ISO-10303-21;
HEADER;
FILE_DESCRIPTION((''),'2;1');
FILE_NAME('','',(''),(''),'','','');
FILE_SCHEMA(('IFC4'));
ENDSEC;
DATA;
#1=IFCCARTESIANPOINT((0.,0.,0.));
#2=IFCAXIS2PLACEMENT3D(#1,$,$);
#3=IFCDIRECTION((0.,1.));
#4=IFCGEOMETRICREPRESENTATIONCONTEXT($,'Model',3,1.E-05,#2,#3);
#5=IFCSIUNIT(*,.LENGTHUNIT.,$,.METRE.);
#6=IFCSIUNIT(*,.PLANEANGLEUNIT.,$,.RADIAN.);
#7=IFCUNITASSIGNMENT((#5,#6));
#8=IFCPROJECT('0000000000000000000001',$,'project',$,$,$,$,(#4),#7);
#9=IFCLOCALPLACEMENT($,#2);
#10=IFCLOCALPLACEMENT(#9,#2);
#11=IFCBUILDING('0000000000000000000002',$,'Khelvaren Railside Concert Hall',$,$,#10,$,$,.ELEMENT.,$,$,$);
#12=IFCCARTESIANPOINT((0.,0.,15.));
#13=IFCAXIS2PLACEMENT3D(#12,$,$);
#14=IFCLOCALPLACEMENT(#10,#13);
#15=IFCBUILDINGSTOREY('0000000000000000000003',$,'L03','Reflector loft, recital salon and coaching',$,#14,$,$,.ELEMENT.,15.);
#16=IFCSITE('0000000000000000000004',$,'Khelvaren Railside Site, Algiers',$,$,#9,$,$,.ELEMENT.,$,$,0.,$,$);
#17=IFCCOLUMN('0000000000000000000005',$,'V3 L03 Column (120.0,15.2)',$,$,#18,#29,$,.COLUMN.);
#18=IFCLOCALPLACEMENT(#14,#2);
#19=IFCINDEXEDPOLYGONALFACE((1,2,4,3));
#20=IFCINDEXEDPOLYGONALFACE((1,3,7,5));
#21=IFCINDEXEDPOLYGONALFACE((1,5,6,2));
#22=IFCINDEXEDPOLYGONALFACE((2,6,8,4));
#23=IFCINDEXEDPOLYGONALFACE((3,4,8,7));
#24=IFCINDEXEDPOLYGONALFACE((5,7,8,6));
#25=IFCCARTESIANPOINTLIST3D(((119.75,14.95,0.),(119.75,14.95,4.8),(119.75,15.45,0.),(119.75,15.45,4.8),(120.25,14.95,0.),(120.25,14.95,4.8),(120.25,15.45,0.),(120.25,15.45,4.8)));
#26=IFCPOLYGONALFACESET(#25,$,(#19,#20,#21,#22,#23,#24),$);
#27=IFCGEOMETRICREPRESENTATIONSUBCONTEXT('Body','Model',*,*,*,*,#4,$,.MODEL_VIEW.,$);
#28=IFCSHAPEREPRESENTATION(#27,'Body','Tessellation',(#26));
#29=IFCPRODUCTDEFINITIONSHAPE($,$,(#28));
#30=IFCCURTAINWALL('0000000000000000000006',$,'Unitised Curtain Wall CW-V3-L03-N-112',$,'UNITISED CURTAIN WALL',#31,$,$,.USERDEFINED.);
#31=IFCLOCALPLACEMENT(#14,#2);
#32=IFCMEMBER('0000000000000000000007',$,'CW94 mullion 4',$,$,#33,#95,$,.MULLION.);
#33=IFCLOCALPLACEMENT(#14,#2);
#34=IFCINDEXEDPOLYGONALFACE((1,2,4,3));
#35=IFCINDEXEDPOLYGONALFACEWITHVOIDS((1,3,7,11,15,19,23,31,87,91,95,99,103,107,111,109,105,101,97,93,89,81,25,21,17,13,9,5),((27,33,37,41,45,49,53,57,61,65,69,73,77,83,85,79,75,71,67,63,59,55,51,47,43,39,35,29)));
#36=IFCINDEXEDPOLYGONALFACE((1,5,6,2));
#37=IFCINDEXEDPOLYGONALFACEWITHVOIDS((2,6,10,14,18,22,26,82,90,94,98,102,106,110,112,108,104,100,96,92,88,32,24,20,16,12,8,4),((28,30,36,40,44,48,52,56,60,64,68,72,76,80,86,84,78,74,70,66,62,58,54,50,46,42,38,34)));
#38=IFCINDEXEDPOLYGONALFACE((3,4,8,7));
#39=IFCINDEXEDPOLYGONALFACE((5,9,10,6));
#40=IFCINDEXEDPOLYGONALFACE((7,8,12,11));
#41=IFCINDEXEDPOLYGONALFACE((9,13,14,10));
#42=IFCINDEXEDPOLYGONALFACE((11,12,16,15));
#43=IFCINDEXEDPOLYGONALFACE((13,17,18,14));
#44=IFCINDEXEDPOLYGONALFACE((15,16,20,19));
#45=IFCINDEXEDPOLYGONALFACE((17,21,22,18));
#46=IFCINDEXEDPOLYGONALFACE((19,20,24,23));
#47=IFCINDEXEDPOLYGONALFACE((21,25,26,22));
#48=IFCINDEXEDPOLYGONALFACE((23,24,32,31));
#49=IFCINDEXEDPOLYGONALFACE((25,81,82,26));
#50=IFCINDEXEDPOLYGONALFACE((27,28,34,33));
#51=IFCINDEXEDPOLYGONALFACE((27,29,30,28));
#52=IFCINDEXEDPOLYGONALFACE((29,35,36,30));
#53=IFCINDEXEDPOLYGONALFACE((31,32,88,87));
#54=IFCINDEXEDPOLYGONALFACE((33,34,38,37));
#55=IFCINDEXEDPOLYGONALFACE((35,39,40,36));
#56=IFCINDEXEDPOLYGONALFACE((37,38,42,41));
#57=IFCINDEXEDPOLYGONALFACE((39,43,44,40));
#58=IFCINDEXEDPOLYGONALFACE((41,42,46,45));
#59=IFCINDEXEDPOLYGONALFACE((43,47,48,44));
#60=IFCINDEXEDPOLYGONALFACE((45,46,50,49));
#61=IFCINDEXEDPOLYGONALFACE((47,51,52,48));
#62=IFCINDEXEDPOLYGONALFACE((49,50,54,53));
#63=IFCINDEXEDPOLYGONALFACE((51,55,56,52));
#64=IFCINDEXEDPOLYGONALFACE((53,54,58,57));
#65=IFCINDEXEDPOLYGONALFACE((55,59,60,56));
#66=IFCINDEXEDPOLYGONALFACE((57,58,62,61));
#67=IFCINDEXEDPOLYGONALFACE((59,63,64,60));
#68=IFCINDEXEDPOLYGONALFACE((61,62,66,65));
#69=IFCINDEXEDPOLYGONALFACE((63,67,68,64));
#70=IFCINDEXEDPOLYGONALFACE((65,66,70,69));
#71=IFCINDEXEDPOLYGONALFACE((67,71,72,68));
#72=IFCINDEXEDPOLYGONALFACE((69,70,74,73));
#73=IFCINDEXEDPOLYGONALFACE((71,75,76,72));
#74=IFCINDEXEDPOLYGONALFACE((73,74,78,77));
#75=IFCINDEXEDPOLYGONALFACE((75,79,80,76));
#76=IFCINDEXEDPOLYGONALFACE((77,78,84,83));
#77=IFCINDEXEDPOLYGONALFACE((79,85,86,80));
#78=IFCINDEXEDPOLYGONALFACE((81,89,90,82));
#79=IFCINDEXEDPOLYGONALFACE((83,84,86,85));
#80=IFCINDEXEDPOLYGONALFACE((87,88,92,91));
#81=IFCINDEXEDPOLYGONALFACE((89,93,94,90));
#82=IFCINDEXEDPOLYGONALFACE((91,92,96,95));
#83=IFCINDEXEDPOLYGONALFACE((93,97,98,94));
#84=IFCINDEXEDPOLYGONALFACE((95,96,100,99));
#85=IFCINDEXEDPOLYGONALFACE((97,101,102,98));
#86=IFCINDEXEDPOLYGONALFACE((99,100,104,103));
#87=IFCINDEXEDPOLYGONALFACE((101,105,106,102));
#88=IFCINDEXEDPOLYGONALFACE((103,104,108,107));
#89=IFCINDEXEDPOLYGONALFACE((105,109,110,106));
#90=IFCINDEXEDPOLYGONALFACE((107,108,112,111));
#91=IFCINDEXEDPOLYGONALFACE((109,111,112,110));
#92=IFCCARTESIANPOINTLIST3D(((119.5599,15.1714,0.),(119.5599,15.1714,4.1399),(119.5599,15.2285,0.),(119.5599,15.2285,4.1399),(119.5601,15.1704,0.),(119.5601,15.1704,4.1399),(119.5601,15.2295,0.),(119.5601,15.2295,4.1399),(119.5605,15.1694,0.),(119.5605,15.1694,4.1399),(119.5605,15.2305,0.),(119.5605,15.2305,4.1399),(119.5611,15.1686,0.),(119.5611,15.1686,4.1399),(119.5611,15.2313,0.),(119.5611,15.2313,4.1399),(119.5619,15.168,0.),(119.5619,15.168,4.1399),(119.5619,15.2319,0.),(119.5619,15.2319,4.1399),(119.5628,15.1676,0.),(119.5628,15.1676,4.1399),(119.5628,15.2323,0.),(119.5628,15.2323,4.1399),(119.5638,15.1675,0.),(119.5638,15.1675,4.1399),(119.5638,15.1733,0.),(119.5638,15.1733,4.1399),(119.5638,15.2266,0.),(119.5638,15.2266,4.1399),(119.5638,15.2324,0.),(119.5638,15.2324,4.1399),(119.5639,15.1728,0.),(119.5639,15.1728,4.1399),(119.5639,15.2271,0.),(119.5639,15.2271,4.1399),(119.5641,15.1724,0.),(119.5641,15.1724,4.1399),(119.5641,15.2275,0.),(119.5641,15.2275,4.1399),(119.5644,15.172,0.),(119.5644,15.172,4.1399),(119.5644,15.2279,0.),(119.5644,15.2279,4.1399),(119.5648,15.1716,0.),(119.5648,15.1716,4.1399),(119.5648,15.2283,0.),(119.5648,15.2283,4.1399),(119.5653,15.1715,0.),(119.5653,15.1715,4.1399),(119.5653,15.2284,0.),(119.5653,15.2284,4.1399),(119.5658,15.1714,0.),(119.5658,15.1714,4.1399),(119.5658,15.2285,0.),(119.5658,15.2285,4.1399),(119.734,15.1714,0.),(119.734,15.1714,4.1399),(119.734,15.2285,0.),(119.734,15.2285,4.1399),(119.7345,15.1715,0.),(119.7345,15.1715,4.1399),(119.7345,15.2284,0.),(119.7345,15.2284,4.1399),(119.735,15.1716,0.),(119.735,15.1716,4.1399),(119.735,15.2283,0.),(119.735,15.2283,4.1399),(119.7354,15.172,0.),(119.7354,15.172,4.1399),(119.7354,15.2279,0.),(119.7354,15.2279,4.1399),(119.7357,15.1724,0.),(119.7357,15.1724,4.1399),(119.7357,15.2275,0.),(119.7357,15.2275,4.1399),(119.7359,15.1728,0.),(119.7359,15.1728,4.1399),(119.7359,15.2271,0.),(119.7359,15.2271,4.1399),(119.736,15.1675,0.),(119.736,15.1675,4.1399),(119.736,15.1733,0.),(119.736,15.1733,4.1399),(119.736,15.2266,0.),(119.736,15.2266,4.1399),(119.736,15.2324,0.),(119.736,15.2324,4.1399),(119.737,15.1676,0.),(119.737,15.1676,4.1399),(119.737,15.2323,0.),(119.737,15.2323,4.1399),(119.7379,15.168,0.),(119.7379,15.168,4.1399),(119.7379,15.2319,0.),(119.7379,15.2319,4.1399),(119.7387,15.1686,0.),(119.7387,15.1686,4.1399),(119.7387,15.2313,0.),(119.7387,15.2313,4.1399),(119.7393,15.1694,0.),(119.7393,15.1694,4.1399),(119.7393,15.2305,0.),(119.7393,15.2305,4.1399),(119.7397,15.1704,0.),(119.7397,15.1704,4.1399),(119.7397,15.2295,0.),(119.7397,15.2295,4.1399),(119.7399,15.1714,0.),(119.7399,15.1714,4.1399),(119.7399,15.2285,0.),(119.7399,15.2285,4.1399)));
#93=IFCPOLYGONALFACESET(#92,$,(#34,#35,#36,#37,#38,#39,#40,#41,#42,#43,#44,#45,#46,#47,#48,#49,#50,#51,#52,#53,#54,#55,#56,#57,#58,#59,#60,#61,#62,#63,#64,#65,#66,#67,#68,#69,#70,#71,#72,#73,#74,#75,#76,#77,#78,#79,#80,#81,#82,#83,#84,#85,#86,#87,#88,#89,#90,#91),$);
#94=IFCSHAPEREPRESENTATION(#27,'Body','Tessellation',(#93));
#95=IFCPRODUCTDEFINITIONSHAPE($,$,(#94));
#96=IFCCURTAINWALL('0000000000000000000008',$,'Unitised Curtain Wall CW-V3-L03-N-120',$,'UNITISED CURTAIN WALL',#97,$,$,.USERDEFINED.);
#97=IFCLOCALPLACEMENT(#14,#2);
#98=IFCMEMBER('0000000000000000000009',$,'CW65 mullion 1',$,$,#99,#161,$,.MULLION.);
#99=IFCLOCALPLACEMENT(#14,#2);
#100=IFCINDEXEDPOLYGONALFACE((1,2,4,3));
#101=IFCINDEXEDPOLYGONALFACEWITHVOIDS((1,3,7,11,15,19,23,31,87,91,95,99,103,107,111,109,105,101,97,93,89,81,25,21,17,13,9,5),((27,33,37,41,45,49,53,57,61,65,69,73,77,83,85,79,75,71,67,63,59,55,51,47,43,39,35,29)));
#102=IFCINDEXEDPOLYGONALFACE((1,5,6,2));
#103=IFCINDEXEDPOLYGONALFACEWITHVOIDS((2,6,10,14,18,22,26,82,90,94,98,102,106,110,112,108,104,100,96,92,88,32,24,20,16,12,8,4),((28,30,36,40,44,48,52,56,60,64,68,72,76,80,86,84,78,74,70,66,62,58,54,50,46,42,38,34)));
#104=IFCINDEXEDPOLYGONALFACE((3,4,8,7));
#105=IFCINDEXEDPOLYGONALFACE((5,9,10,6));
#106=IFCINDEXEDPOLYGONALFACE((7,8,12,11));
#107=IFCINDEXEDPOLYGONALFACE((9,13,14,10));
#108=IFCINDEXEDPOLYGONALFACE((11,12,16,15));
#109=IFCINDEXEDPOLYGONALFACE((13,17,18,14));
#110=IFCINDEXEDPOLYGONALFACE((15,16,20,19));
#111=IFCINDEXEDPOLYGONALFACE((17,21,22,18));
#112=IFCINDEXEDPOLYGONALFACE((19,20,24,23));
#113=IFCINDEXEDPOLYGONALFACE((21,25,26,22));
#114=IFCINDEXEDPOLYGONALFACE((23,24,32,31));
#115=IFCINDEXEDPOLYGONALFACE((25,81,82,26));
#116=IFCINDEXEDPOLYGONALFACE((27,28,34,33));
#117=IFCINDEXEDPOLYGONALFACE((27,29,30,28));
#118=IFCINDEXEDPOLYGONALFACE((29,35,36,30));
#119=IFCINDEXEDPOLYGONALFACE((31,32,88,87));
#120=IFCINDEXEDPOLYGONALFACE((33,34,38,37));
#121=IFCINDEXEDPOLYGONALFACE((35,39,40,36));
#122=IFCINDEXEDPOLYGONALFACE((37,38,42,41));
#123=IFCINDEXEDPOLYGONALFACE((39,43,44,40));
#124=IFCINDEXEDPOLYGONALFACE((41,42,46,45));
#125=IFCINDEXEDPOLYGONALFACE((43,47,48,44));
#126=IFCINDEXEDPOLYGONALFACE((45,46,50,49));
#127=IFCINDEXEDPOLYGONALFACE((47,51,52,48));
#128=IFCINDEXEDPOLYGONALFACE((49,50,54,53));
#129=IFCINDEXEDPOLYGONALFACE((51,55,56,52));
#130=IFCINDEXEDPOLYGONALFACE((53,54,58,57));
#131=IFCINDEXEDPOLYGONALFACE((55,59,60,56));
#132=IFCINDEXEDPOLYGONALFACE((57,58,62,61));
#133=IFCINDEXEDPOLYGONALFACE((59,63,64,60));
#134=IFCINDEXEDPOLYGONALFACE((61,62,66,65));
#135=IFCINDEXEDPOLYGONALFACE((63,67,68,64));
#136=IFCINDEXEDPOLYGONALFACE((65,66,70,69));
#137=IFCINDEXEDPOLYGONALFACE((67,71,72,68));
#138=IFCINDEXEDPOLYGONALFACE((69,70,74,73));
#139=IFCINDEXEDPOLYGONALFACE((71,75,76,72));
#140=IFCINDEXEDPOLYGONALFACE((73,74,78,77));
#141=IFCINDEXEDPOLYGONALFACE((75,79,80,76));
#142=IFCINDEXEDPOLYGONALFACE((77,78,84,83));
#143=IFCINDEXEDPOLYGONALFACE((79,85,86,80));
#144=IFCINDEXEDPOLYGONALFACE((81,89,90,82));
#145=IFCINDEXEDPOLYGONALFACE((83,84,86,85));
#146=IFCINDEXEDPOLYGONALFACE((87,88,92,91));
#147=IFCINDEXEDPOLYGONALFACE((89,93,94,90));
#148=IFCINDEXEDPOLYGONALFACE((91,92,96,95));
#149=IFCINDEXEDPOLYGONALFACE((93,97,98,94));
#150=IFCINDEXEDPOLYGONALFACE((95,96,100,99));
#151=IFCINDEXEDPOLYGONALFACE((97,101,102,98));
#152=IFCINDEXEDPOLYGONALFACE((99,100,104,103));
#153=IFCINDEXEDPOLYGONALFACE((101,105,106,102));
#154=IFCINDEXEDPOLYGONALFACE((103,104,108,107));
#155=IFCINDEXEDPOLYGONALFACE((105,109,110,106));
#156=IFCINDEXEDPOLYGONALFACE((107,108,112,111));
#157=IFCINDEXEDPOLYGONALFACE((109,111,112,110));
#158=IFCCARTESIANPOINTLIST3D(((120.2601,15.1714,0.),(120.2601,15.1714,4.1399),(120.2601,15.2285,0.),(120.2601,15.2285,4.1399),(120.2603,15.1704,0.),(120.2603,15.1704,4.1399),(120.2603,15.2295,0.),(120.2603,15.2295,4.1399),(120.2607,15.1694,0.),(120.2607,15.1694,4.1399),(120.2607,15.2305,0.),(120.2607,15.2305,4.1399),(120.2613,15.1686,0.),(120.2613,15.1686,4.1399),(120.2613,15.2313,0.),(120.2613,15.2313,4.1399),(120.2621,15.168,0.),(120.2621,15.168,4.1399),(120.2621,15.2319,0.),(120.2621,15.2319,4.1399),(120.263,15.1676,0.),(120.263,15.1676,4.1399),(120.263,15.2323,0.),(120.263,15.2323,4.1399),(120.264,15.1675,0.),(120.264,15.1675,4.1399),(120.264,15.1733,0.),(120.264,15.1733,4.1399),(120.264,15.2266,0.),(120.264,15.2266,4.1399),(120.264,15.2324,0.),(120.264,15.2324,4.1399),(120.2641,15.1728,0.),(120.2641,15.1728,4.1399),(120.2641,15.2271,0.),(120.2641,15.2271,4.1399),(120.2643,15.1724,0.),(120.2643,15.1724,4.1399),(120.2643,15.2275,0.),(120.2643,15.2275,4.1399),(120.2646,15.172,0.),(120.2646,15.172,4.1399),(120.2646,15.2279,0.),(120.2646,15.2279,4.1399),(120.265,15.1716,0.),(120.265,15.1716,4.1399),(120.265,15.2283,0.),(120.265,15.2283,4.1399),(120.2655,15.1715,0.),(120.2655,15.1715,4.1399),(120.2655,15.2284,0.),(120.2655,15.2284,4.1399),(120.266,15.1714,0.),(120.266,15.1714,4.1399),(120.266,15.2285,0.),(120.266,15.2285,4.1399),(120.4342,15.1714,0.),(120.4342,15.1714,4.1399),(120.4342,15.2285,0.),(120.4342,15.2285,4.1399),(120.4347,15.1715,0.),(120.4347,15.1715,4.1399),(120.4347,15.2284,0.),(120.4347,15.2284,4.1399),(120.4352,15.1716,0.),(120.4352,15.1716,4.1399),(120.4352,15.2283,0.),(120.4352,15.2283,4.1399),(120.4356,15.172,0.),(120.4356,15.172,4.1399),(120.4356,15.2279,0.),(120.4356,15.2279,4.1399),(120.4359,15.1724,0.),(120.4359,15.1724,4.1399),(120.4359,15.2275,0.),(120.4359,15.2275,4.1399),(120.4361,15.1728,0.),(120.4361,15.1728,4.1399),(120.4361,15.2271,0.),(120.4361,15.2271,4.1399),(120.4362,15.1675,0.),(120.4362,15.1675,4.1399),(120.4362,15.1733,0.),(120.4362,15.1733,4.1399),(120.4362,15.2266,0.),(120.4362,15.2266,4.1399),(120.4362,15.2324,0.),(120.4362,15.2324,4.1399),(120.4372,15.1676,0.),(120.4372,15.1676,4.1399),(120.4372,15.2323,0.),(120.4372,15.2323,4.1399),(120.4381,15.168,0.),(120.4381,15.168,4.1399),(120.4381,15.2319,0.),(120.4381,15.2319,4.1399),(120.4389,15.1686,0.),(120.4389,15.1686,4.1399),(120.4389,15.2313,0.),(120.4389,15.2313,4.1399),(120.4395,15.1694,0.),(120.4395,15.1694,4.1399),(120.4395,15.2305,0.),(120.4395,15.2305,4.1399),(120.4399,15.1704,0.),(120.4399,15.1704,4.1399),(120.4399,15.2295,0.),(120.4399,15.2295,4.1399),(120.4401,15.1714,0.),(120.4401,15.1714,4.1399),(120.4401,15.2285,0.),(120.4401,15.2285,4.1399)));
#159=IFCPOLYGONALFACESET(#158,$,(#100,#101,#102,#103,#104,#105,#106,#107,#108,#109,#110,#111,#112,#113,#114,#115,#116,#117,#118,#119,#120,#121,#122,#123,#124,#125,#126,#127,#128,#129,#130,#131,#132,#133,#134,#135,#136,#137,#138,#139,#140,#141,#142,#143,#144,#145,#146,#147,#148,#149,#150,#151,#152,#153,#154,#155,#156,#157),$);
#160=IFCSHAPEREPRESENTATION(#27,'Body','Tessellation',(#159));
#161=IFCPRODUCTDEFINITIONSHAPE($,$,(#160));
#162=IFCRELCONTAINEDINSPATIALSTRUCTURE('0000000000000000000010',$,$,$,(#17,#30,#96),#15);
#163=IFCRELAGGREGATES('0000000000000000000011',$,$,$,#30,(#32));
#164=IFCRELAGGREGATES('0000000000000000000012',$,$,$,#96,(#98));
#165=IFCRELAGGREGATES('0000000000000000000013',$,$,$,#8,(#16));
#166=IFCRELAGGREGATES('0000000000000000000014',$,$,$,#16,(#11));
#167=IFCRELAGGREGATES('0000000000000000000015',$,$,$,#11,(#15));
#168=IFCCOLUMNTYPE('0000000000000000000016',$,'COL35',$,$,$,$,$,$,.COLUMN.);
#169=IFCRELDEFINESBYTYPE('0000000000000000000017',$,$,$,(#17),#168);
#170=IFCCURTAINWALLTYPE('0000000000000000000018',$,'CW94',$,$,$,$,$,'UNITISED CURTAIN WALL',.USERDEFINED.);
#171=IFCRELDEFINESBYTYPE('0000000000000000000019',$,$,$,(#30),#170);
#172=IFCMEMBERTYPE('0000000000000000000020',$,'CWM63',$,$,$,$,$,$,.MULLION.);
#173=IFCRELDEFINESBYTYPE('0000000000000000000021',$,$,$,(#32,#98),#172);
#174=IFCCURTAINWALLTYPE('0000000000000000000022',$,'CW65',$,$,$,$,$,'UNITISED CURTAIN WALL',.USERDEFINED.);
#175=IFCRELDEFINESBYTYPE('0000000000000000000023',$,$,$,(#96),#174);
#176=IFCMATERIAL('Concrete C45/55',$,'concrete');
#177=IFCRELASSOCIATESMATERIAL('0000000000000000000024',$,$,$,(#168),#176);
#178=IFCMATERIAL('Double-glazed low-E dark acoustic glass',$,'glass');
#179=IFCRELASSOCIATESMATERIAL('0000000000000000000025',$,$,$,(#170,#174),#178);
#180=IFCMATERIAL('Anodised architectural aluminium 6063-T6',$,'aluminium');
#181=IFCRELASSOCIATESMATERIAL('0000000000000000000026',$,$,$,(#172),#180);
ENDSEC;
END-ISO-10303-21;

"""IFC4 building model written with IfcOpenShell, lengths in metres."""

from ifc_helpers import new_model, si_unit, direction, frame, origin, origin_2d, place, context, subcontext, project, spatial, rectangle, hollow_rectangle, extrude, material, material_profile, profile_set, type_object, element, aggregate, save


model = new_model("IFC4")

# Units and contexts
model_context = context("Model", 3, precision=1e-05, world=origin(), true_north=direction((0.0, 1.0)))
body_context = subcontext(model_context, "Body", "Model", "MODEL_VIEW")
ifc_project = project(units=[si_unit("LENGTHUNIT", "METRE"), si_unit("PLANEANGLEUNIT", "RADIAN")], contexts=[model_context])

# Site, building, storey
site_placement = place(None, origin())
site = spatial("IfcSite", under=ifc_project, at=site_placement, Name="Khelvaren Railside Site, Algiers", CompositionType="ELEMENT", RefElevation=0.0)
building_placement = place(site_placement, origin())
building = spatial("IfcBuilding", under=site, at=building_placement, Name="Khelvaren Railside Concert Hall", CompositionType="ELEMENT")
storey_placement = place(building_placement, frame((0.0, 0.0, 15.0)))
storey = spatial("IfcBuildingStorey", under=building, at=storey_placement, Name="L03", Description="Reflector loft, recital salon and coaching", CompositionType="ELEMENT", Elevation=15.0)

# Column
ifc_material_1 = material(Name="Concrete C45/55", Category="concrete")
ifc_material_profile_1 = material_profile(ifc_material_1, rectangle(XDim=0.5, YDim=0.5, at=origin_2d()), Name="RC 500x500")
ifc_profile_set_1 = profile_set([ifc_material_profile_1], Name="Concrete C45/55")
column_type = type_object("IfcColumnType", Name="COL35", PredefinedType="COLUMN", material=ifc_profile_set_1)
column_placement = place(storey_placement, frame((120.0, 15.2, 0.0), z_axis=(0.0, 0.0, 1.0), x_axis=(1.0, 0.0, 0.0)))
element("IfcColumn", 1, at=column_placement, inside=storey, type_object=column_type, Name="V3 L03 Column (120.0,15.2)", PredefinedType="COLUMN", context=body_context, shape_type="SweptSolid", body=[
    extrude(rectangle(XDim=0.5, YDim=0.5, at=origin_2d()), origin(), (0.0, 0.0, 1.0), 4.8),
])

# Curtain wall, member
ifc_material_2 = material(Name="Double-glazed low-E dark acoustic glass", Category="glass")
curtain_wall_type_1 = type_object("IfcCurtainWallType", Name="CW94", ElementType="UNITISED CURTAIN WALL", PredefinedType="USERDEFINED", material=ifc_material_2)
curtain_wall_1_placement = place(storey_placement, origin())
curtain_wall_1 = element("IfcCurtainWall", 2, at=curtain_wall_1_placement, inside=storey, type_object=curtain_wall_type_1, Name="Unitised Curtain Wall CW-V3-L03-N-112", ObjectType="UNITISED CURTAIN WALL", PredefinedType="USERDEFINED")
ifc_material_3 = material(Name="Anodised architectural aluminium 6063-T6", Category="aluminium")
ifc_material_profile_2 = material_profile(ifc_material_3, hollow_rectangle(XDim=0.0649, YDim=0.1799, WallThickness=0.0039, InnerFilletRadius=0.002, OuterFilletRadius=0.0039, at=origin_2d()), Name="CWM 65x180x4")
ifc_profile_set_2 = profile_set([ifc_material_profile_2], Name="Anodised architectural aluminium 6063-T6")
member_type_1 = type_object("IfcMemberType", Name="CWM63", PredefinedType="MULLION", material=ifc_profile_set_2)
member_1_placement = place(storey_placement, frame((119.6499, 15.2, 0.0), z_axis=(0.0, 0.0, 1.0), x_axis=(0.0, 1.0, 0.0)))
member_1 = element("IfcMember", 3, at=member_1_placement, type_object=member_type_1, Name="CW94 mullion 4", PredefinedType="MULLION", context=body_context, shape_type="SweptSolid", body=[
    extrude(hollow_rectangle(XDim=0.0649, YDim=0.1799, WallThickness=0.0039, InnerFilletRadius=0.002, OuterFilletRadius=0.0039, at=origin_2d()), origin(), (0.0, 0.0, 1.0), 4.1399),
])

# Curtain wall, member
curtain_wall_type_2 = type_object("IfcCurtainWallType", Name="CW65", ElementType="UNITISED CURTAIN WALL", PredefinedType="USERDEFINED", material=ifc_material_2)
curtain_wall_2_placement = place(storey_placement, origin())
curtain_wall_2 = element("IfcCurtainWall", 4, at=curtain_wall_2_placement, inside=storey, type_object=curtain_wall_type_2, Name="Unitised Curtain Wall CW-V3-L03-N-120", ObjectType="UNITISED CURTAIN WALL", PredefinedType="USERDEFINED")
member_2_placement = place(storey_placement, frame((120.3501, 15.2, 0.0), z_axis=(0.0, 0.0, 1.0), x_axis=(0.0, 1.0, 0.0)))
member_2 = element("IfcMember", 5, at=member_2_placement, type_object=member_type_1, Name="CW65 mullion 1", PredefinedType="MULLION", context=body_context, shape_type="SweptSolid", body=[
    extrude(hollow_rectangle(XDim=0.0649, YDim=0.1799, WallThickness=0.0039, InnerFilletRadius=0.002, OuterFilletRadius=0.0039, at=origin_2d()), origin(), (0.0, 0.0, 1.0), 4.1399),
])

aggregate(curtain_wall_1, [member_1])
aggregate(curtain_wall_2, [member_2])

save(model, "model.ifc")
